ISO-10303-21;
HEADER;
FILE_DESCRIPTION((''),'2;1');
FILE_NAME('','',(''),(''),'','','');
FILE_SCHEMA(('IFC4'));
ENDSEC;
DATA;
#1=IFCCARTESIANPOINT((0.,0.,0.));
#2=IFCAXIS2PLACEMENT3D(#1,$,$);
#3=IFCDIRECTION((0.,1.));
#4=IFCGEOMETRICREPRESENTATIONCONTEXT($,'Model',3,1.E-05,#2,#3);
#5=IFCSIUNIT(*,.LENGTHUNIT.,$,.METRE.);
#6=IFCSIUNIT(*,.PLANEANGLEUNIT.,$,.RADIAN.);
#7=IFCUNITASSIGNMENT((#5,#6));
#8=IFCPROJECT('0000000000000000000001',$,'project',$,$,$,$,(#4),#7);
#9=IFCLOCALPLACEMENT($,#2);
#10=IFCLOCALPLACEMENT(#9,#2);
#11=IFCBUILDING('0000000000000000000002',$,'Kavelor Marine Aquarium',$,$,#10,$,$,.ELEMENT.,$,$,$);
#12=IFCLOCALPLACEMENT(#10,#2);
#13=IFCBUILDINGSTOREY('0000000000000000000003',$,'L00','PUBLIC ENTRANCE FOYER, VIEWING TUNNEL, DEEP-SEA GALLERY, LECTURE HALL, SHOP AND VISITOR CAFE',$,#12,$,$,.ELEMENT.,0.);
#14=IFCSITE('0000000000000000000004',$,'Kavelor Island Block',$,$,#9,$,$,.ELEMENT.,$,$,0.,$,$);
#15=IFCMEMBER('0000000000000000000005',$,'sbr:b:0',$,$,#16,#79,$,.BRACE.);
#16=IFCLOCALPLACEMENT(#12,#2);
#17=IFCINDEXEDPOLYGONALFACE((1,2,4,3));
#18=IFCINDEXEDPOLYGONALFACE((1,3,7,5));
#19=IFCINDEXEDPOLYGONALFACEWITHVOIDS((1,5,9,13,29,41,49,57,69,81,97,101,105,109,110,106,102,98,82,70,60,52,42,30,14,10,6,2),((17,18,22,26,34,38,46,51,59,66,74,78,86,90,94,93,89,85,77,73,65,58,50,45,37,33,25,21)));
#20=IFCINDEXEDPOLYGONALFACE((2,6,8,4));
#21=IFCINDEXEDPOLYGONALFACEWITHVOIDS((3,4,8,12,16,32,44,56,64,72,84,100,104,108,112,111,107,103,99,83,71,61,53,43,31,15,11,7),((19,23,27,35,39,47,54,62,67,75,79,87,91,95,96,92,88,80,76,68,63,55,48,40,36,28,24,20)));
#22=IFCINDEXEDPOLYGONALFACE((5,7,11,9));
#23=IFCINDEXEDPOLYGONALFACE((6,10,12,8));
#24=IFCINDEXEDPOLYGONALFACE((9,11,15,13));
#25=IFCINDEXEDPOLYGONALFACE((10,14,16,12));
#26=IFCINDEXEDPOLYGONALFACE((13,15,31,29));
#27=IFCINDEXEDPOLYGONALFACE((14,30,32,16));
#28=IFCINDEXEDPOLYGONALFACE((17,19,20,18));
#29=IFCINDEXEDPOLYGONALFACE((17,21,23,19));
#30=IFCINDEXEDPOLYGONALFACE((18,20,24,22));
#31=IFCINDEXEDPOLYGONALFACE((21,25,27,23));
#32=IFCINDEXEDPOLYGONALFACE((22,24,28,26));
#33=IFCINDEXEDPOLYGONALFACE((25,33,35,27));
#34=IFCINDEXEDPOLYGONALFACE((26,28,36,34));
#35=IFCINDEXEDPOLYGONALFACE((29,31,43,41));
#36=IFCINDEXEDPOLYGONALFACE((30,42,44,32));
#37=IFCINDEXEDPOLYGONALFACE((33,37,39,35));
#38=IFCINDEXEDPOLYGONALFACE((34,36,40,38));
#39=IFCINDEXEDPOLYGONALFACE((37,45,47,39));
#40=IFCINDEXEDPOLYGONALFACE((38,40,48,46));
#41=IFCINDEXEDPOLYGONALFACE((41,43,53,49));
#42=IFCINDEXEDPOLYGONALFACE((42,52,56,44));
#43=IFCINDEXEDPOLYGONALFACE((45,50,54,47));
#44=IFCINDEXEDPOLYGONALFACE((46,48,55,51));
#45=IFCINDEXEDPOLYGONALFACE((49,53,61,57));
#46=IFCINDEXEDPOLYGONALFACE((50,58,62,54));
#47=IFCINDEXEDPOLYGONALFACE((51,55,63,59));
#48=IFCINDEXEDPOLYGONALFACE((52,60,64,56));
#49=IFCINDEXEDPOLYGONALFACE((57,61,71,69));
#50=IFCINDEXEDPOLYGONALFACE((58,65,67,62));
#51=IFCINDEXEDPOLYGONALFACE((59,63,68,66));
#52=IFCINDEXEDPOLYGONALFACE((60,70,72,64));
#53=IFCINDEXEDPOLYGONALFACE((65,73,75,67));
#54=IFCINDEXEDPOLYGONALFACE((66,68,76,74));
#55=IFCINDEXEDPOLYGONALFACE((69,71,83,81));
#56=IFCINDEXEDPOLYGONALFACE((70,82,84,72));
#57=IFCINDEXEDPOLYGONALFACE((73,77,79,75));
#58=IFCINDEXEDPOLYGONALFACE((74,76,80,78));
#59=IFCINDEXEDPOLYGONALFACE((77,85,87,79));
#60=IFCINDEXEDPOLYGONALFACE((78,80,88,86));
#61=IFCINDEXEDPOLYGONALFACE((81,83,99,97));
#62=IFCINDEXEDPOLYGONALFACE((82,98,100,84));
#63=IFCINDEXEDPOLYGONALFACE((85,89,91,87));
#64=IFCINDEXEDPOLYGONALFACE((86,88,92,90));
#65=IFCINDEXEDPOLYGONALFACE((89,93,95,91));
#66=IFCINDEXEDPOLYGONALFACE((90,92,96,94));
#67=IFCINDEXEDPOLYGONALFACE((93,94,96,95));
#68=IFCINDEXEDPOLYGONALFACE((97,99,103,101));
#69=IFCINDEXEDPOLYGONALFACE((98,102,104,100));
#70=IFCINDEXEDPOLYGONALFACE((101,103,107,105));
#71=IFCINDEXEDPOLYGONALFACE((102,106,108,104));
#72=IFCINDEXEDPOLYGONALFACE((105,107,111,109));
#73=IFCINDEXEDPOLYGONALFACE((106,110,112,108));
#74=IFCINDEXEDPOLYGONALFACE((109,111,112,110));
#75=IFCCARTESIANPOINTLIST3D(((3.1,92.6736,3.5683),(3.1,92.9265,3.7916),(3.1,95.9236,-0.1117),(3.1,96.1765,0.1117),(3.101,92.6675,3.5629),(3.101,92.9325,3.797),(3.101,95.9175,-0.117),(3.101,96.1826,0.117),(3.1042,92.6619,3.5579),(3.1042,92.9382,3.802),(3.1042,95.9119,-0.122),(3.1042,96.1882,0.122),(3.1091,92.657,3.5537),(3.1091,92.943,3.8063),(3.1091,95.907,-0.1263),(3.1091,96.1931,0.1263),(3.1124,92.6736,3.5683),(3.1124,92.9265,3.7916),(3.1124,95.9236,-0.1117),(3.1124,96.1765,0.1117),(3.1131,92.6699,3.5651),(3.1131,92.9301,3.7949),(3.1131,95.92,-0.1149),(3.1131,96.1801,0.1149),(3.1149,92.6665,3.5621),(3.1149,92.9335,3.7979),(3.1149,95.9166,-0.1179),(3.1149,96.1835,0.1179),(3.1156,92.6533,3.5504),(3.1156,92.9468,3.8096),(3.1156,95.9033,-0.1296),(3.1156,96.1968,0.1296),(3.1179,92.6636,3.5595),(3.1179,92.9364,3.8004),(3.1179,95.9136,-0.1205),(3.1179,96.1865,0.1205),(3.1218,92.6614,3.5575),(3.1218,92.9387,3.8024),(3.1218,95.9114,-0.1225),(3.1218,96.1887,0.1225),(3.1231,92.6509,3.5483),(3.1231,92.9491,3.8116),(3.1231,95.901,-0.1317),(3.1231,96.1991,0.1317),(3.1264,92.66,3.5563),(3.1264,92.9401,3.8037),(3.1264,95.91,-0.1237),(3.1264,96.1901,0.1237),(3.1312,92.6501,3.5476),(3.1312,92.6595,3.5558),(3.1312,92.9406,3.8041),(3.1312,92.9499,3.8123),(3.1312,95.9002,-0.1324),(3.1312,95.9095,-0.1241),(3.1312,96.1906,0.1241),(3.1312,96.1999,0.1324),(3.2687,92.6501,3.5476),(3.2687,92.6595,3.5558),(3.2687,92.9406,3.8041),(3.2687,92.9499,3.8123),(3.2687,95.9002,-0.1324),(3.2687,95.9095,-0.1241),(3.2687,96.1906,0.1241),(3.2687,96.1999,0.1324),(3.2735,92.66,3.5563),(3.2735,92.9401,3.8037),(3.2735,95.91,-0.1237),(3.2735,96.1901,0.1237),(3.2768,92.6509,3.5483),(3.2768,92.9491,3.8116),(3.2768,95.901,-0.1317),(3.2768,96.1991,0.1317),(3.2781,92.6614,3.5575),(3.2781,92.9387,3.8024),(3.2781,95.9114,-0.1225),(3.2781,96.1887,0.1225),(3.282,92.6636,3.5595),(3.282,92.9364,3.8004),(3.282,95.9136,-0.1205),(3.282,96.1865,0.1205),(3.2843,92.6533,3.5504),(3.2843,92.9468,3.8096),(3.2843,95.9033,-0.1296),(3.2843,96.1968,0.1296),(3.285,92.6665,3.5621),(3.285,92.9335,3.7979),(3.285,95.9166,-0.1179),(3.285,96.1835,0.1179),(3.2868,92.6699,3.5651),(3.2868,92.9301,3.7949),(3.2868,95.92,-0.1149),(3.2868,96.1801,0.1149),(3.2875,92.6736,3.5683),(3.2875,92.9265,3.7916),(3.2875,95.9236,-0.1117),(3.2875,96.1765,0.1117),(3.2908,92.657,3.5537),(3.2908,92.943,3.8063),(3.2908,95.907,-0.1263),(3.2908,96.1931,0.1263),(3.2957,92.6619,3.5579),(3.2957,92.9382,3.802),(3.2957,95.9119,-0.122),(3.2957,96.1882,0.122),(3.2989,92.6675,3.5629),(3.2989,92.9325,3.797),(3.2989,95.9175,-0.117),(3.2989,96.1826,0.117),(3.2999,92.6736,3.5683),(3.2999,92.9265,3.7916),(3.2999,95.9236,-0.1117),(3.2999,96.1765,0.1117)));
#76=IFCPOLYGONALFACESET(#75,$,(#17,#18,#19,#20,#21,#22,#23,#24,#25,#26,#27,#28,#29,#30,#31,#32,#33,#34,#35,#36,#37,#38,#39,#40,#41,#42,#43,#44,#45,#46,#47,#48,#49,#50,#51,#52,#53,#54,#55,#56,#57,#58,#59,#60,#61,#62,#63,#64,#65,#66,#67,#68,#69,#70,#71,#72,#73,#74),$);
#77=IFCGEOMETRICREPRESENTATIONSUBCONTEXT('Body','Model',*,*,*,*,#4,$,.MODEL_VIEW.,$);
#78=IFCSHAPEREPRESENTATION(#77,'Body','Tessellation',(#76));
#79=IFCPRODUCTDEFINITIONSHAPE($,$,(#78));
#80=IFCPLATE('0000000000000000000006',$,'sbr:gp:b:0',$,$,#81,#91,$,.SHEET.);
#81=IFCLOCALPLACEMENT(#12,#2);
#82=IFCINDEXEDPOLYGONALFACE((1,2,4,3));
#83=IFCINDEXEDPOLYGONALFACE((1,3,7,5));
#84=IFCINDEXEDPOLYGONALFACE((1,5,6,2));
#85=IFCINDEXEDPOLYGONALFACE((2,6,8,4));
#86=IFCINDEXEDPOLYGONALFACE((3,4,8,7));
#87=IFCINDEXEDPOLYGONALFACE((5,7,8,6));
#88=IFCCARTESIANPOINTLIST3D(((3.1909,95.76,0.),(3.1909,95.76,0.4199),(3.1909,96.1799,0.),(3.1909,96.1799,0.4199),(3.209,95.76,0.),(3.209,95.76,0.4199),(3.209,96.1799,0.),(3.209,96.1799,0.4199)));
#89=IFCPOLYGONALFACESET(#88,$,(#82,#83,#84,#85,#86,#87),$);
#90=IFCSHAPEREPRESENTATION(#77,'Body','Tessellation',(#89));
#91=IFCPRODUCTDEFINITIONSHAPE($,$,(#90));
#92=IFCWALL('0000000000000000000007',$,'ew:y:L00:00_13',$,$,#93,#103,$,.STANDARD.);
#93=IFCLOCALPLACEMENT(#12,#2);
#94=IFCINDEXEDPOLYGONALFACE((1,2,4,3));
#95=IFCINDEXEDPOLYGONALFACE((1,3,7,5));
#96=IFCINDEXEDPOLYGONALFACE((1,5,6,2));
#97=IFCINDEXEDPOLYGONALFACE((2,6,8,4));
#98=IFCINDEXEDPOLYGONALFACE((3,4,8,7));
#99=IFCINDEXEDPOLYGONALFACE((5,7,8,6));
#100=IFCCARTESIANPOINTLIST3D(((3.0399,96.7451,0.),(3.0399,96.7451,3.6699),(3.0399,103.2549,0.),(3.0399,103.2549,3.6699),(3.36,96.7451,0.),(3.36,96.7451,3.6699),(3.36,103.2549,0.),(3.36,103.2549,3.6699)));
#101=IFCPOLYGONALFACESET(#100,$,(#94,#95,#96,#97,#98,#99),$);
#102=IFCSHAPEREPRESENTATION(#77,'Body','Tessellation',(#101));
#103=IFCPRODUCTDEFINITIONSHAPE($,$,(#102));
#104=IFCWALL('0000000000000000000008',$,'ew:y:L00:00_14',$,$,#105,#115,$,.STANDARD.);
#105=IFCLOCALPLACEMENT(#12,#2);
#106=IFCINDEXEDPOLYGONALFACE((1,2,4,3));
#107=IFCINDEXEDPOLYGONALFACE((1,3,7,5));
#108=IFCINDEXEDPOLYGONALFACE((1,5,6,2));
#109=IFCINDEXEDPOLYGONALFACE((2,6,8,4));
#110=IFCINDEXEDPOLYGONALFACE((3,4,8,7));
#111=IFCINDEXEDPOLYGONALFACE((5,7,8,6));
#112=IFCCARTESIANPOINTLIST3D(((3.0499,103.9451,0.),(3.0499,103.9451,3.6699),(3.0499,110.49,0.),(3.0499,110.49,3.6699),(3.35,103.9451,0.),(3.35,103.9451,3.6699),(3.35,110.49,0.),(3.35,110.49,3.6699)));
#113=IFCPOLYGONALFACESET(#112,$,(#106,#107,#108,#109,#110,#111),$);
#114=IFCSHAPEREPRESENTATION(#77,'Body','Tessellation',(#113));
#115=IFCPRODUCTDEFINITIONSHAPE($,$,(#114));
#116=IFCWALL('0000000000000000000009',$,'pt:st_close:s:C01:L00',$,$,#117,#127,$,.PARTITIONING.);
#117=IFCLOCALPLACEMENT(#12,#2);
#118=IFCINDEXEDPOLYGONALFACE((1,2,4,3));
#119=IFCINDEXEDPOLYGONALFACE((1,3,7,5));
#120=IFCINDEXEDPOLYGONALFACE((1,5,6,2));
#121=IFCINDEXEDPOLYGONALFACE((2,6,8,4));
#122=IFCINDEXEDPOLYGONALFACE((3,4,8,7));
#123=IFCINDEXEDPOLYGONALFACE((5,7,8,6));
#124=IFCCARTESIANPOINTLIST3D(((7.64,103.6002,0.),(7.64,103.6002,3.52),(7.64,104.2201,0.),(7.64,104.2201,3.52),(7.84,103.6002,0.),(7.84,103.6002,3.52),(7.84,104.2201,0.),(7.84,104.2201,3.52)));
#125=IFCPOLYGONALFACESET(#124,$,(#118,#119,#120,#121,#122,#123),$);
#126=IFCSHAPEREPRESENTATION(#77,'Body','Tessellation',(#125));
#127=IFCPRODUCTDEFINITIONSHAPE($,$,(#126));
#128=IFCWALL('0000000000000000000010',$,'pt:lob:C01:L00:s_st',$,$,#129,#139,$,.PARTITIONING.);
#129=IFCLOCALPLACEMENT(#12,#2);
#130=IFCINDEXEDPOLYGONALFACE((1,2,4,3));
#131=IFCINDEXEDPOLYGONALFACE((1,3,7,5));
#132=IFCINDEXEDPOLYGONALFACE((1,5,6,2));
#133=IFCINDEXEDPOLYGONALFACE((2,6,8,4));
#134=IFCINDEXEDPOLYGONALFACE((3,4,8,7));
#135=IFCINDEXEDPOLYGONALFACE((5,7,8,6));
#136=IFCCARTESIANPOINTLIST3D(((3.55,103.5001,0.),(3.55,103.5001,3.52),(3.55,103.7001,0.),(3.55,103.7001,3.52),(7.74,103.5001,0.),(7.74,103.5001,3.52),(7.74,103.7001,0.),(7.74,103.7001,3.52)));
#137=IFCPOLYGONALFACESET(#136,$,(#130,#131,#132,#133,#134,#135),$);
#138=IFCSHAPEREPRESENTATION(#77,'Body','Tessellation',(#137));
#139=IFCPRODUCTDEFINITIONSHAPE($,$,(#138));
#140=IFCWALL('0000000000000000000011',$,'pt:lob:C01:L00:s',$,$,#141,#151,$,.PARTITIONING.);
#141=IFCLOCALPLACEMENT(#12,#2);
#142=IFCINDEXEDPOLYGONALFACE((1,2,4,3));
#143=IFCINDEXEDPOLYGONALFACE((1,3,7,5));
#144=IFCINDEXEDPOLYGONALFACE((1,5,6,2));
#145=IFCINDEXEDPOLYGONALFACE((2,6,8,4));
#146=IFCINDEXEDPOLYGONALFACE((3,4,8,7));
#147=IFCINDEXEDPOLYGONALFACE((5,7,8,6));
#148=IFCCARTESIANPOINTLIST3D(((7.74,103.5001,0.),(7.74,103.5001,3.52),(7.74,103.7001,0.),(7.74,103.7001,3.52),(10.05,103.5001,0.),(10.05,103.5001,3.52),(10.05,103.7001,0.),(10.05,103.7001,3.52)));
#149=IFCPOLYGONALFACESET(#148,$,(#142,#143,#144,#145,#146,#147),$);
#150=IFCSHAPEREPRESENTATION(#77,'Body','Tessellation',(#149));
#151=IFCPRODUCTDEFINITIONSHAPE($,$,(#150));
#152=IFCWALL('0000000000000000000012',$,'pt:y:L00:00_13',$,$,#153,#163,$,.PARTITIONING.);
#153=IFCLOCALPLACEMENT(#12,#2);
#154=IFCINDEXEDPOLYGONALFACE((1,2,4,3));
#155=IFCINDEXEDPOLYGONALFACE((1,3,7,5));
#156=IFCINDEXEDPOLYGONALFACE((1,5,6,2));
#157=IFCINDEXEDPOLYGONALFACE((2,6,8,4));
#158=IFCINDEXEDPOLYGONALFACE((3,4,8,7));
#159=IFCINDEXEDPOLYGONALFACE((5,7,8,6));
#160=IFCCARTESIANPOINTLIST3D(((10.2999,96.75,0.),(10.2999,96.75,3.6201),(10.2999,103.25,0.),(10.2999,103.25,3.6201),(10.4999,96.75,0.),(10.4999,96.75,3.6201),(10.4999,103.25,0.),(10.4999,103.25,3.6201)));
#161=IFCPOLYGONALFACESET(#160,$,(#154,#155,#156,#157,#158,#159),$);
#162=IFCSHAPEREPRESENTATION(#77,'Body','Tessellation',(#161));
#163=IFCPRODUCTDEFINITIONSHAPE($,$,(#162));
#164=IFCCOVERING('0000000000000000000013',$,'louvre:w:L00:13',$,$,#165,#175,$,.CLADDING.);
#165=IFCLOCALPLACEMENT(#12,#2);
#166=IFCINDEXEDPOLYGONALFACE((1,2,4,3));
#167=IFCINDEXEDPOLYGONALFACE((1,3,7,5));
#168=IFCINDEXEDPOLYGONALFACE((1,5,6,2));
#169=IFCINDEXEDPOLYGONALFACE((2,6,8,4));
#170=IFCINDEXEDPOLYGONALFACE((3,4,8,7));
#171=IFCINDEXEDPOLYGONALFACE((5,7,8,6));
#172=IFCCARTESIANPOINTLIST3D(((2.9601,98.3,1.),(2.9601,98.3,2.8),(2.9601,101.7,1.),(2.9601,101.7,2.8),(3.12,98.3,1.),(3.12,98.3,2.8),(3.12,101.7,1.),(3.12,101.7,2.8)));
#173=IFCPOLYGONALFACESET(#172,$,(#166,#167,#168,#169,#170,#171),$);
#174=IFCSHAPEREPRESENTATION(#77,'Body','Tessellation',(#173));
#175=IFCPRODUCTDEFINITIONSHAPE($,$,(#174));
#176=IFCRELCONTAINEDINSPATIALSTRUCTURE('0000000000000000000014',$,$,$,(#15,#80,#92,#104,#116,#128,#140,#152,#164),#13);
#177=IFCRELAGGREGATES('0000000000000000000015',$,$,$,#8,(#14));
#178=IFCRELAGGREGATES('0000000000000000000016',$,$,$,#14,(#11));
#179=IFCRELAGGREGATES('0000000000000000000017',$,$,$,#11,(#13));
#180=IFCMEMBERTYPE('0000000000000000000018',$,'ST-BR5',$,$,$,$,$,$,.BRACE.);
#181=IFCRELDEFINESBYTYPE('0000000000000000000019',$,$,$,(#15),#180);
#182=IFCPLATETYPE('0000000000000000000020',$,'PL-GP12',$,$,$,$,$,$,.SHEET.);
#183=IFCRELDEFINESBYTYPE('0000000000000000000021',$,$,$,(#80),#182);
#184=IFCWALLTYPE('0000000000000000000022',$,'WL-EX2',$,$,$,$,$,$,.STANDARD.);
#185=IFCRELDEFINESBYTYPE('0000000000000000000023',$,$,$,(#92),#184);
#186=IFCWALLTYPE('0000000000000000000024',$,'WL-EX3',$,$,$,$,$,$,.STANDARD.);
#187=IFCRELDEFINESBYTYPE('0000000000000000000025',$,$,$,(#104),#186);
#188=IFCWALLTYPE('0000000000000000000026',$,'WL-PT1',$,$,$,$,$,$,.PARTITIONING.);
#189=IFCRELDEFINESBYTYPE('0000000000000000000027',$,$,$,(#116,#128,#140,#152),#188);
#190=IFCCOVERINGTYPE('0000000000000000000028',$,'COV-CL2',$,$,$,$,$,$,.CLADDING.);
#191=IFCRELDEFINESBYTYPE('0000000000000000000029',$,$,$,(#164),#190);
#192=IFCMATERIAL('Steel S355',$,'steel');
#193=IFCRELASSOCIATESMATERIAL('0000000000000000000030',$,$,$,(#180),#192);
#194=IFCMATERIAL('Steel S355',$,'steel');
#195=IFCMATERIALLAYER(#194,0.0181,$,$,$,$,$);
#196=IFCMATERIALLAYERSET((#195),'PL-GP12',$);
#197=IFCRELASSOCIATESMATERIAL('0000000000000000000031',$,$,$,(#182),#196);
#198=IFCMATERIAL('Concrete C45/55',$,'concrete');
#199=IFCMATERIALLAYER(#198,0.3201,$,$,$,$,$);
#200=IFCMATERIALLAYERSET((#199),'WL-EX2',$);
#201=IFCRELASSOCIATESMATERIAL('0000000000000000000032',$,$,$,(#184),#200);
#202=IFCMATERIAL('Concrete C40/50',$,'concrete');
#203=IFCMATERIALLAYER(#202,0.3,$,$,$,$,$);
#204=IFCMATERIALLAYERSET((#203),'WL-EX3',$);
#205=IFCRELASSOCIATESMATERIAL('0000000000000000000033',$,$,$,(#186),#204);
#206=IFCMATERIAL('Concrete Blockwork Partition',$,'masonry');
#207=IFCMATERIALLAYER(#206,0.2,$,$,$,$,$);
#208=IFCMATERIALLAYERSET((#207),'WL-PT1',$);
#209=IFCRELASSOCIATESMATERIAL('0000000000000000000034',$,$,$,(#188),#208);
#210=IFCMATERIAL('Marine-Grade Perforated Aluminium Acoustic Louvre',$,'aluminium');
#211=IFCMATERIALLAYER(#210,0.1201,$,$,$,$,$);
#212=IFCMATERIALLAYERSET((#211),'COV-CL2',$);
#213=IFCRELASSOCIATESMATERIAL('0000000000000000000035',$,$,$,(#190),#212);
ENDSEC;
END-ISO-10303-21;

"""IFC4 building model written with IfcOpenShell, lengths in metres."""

from ifc_helpers import new_model, si_unit, direction, frame, frame_2d, origin, origin_2d, place, context, subcontext, project, spatial, rectangle, hollow_rectangle, extrude, material, layer, layer_set, material_profile, profile_set, type_object, element, save


model = new_model("IFC4")

# Units and contexts
model_context = context("Model", 3, precision=1e-05, world=origin(), true_north=direction((0.0, 1.0)))
body_context = subcontext(model_context, "Body", "Model", "MODEL_VIEW")
ifc_project = project(units=[si_unit("LENGTHUNIT", "METRE"), si_unit("PLANEANGLEUNIT", "RADIAN")], contexts=[model_context])

# Site, building, storey
site_placement = place(None, origin())
site = spatial("IfcSite", under=ifc_project, at=site_placement, Name="Kavelor Island Block", CompositionType="ELEMENT", RefElevation=0.0)
building_placement = place(site_placement, origin())
building = spatial("IfcBuilding", under=site, at=building_placement, Name="Kavelor Marine Aquarium", CompositionType="ELEMENT")
storey_placement = place(building_placement, origin())
storey = spatial("IfcBuildingStorey", under=building, at=storey_placement, Name="L00", Description="PUBLIC ENTRANCE FOYER, VIEWING TUNNEL, DEEP-SEA GALLERY, LECTURE HALL, SHOP AND VISITOR CAFE", CompositionType="ELEMENT", Elevation=0.0)

# Member
ifc_material_1 = material(Name="Steel S355", Category="steel")
ifc_material_profile_1 = material_profile(ifc_material_1, hollow_rectangle(XDim=0.2, YDim=0.3999, WallThickness=0.0125, InnerFilletRadius=0.0188, OuterFilletRadius=0.0312, at=origin_2d()), Name="RHS 400x200x12.5")
ifc_profile_set_1 = profile_set([ifc_material_profile_1], Name="Steel S355")
member_type = type_object("IfcMemberType", Name="ST-BR5", PredefinedType="BRACE", material=ifc_profile_set_1)
member_placement = place(storey_placement, frame((3.2, 96.05, 0.0), z_axis=(0.0, -0.661965, 0.749534), x_axis=(1.0, 0.0, 0.0)))
element("IfcMember", 1, at=member_placement, inside=storey, type_object=member_type, Name="sbr:b:0", PredefinedType="BRACE", context=body_context, shape_type="SweptSolid", body=[
    extrude(hollow_rectangle(XDim=0.2, YDim=0.3999, WallThickness=0.0125, InnerFilletRadius=0.0188, OuterFilletRadius=0.0312, at=origin_2d()), origin(), (0.0, 0.0, 1.0), 4.9097),
])

# Plate
ifc_material_2 = material(Name="Steel S355", Category="steel")
ifc_layer_1 = layer(ifc_material_2, 0.0181)
ifc_layer_set_1 = layer_set([ifc_layer_1], Name="PL-GP12")
plate_type = type_object("IfcPlateType", Name="PL-GP12", PredefinedType="SHEET", material=ifc_layer_set_1)
plate_placement = place(storey_placement, frame((3.2, 95.97, 0.0), z_axis=(0.0, 0.0, 1.0), x_axis=(1.0, 0.0, 0.0)))
element("IfcPlate", 2, at=plate_placement, inside=storey, type_object=plate_type, Name="sbr:gp:b:0", PredefinedType="SHEET", context=body_context, shape_type="SweptSolid", body=[
    extrude(rectangle(XDim=0.0181, YDim=0.4199, at=origin_2d()), origin(), (0.0, 0.0, 1.0), 0.4199),
])

# Walls
ifc_material_3 = material(Name="Concrete C45/55", Category="concrete")
ifc_layer_2 = layer(ifc_material_3, 0.3201)
ifc_layer_set_2 = layer_set([ifc_layer_2], Name="WL-EX2")
wall_type_1 = type_object("IfcWallType", Name="WL-EX2", PredefinedType="STANDARD", material=ifc_layer_set_2)
wall_1_placement = place(storey_placement, frame((3.2, 96.7451, 0.0), z_axis=(0.0, 0.0, 1.0), x_axis=(0.0, 1.0, 0.0)))
element("IfcWall", 3, at=wall_1_placement, inside=storey, type_object=wall_type_1, Name="ew:y:L00:00_13", PredefinedType="STANDARD", context=body_context, shape_type="SweptSolid", body=[
    extrude(rectangle(XDim=6.5098, YDim=0.3201, at=frame_2d((3.2549, 0.0))), origin(), (0.0, 0.0, 1.0), 3.6699),
])
ifc_material_4 = material(Name="Concrete C40/50", Category="concrete")
ifc_layer_3 = layer(ifc_material_4, 0.3)
ifc_layer_set_3 = layer_set([ifc_layer_3], Name="WL-EX3")
wall_type_2 = type_object("IfcWallType", Name="WL-EX3", PredefinedType="STANDARD", material=ifc_layer_set_3)
wall_2_placement = place(storey_placement, frame((3.2, 103.9451, 0.0), z_axis=(0.0, 0.0, 1.0), x_axis=(0.0, 1.0, 0.0)))
element("IfcWall", 4, at=wall_2_placement, inside=storey, type_object=wall_type_2, Name="ew:y:L00:00_14", PredefinedType="STANDARD", context=body_context, shape_type="SweptSolid", body=[
    extrude(rectangle(XDim=6.5449, YDim=0.3, at=frame_2d((3.2725, 0.0))), origin(), (0.0, 0.0, 1.0), 3.6699),
])
ifc_material_5 = material(Name="Concrete Blockwork Partition", Category="masonry")
ifc_layer_4 = layer(ifc_material_5, 0.2)
ifc_layer_set_4 = layer_set([ifc_layer_4], Name="WL-PT1")
wall_type_3 = type_object("IfcWallType", Name="WL-PT1", PredefinedType="PARTITIONING", material=ifc_layer_set_4)
wall_3_placement = place(storey_placement, frame((7.74, 103.6001, 0.0), z_axis=(0.0, 0.0, 1.0), x_axis=(0.0, 1.0, 0.0)))
element("IfcWall", 5, at=wall_3_placement, inside=storey, type_object=wall_type_3, Name="pt:st_close:s:C01:L00", PredefinedType="PARTITIONING", context=body_context, shape_type="SweptSolid", body=[
    extrude(rectangle(XDim=0.6199, YDim=0.2, at=frame_2d((0.3101, 0.0))), origin(), (0.0, 0.0, 1.0), 3.52),
])
wall_4_placement = place(storey_placement, frame((3.55, 103.6001, 0.0), z_axis=(0.0, 0.0, 1.0), x_axis=(1.0, 0.0, 0.0)))
element("IfcWall", 6, at=wall_4_placement, inside=storey, type_object=wall_type_3, Name="pt:lob:C01:L00:s_st", PredefinedType="PARTITIONING", context=body_context, shape_type="SweptSolid", body=[
    extrude(rectangle(XDim=4.1899, YDim=0.2, at=frame_2d((2.095, 0.0))), origin(), (0.0, 0.0, 1.0), 3.52),
])
wall_5_placement = place(storey_placement, frame((7.74, 103.6001, 0.0), z_axis=(0.0, 0.0, 1.0), x_axis=(1.0, 0.0, 0.0)))
element("IfcWall", 7, at=wall_5_placement, inside=storey, type_object=wall_type_3, Name="pt:lob:C01:L00:s", PredefinedType="PARTITIONING", context=body_context, shape_type="SweptSolid", body=[
    extrude(rectangle(XDim=2.3101, YDim=0.2, at=frame_2d((1.155, 0.0))), origin(), (0.0, 0.0, 1.0), 3.52),
])
wall_6_placement = place(storey_placement, frame((10.3999, 96.75, 0.0), z_axis=(0.0, 0.0, 1.0), x_axis=(0.0, 1.0, 0.0)))
element("IfcWall", 8, at=wall_6_placement, inside=storey, type_object=wall_type_3, Name="pt:y:L00:00_13", PredefinedType="PARTITIONING", context=body_context, shape_type="SweptSolid", body=[
    extrude(rectangle(XDim=6.5, YDim=0.2, at=frame_2d((3.25, 0.0))), origin(), (0.0, 0.0, 1.0), 3.6201),
])

# Covering
ifc_material_6 = material(Name="Marine-Grade Perforated Aluminium Acoustic Louvre", Category="aluminium")
ifc_layer_5 = layer(ifc_material_6, 0.1201)
ifc_layer_set_5 = layer_set([ifc_layer_5], Name="COV-CL2")
covering_type = type_object("IfcCoveringType", Name="COV-CL2", PredefinedType="CLADDING", material=ifc_layer_set_5)
covering_placement = place(storey_placement, frame((3.04, 100.0, 1.0), z_axis=(0.0, 0.0, 1.0), x_axis=(1.0, 0.0, 0.0)))
element("IfcCovering", 9, at=covering_placement, inside=storey, type_object=covering_type, Name="louvre:w:L00:13", PredefinedType="CLADDING", context=body_context, shape_type="SweptSolid", body=[
    extrude(rectangle(XDim=0.1599, YDim=3.3999, at=origin_2d()), origin(), (0.0, 0.0, 1.0), 1.8),
])

save(model, "model.ifc")
